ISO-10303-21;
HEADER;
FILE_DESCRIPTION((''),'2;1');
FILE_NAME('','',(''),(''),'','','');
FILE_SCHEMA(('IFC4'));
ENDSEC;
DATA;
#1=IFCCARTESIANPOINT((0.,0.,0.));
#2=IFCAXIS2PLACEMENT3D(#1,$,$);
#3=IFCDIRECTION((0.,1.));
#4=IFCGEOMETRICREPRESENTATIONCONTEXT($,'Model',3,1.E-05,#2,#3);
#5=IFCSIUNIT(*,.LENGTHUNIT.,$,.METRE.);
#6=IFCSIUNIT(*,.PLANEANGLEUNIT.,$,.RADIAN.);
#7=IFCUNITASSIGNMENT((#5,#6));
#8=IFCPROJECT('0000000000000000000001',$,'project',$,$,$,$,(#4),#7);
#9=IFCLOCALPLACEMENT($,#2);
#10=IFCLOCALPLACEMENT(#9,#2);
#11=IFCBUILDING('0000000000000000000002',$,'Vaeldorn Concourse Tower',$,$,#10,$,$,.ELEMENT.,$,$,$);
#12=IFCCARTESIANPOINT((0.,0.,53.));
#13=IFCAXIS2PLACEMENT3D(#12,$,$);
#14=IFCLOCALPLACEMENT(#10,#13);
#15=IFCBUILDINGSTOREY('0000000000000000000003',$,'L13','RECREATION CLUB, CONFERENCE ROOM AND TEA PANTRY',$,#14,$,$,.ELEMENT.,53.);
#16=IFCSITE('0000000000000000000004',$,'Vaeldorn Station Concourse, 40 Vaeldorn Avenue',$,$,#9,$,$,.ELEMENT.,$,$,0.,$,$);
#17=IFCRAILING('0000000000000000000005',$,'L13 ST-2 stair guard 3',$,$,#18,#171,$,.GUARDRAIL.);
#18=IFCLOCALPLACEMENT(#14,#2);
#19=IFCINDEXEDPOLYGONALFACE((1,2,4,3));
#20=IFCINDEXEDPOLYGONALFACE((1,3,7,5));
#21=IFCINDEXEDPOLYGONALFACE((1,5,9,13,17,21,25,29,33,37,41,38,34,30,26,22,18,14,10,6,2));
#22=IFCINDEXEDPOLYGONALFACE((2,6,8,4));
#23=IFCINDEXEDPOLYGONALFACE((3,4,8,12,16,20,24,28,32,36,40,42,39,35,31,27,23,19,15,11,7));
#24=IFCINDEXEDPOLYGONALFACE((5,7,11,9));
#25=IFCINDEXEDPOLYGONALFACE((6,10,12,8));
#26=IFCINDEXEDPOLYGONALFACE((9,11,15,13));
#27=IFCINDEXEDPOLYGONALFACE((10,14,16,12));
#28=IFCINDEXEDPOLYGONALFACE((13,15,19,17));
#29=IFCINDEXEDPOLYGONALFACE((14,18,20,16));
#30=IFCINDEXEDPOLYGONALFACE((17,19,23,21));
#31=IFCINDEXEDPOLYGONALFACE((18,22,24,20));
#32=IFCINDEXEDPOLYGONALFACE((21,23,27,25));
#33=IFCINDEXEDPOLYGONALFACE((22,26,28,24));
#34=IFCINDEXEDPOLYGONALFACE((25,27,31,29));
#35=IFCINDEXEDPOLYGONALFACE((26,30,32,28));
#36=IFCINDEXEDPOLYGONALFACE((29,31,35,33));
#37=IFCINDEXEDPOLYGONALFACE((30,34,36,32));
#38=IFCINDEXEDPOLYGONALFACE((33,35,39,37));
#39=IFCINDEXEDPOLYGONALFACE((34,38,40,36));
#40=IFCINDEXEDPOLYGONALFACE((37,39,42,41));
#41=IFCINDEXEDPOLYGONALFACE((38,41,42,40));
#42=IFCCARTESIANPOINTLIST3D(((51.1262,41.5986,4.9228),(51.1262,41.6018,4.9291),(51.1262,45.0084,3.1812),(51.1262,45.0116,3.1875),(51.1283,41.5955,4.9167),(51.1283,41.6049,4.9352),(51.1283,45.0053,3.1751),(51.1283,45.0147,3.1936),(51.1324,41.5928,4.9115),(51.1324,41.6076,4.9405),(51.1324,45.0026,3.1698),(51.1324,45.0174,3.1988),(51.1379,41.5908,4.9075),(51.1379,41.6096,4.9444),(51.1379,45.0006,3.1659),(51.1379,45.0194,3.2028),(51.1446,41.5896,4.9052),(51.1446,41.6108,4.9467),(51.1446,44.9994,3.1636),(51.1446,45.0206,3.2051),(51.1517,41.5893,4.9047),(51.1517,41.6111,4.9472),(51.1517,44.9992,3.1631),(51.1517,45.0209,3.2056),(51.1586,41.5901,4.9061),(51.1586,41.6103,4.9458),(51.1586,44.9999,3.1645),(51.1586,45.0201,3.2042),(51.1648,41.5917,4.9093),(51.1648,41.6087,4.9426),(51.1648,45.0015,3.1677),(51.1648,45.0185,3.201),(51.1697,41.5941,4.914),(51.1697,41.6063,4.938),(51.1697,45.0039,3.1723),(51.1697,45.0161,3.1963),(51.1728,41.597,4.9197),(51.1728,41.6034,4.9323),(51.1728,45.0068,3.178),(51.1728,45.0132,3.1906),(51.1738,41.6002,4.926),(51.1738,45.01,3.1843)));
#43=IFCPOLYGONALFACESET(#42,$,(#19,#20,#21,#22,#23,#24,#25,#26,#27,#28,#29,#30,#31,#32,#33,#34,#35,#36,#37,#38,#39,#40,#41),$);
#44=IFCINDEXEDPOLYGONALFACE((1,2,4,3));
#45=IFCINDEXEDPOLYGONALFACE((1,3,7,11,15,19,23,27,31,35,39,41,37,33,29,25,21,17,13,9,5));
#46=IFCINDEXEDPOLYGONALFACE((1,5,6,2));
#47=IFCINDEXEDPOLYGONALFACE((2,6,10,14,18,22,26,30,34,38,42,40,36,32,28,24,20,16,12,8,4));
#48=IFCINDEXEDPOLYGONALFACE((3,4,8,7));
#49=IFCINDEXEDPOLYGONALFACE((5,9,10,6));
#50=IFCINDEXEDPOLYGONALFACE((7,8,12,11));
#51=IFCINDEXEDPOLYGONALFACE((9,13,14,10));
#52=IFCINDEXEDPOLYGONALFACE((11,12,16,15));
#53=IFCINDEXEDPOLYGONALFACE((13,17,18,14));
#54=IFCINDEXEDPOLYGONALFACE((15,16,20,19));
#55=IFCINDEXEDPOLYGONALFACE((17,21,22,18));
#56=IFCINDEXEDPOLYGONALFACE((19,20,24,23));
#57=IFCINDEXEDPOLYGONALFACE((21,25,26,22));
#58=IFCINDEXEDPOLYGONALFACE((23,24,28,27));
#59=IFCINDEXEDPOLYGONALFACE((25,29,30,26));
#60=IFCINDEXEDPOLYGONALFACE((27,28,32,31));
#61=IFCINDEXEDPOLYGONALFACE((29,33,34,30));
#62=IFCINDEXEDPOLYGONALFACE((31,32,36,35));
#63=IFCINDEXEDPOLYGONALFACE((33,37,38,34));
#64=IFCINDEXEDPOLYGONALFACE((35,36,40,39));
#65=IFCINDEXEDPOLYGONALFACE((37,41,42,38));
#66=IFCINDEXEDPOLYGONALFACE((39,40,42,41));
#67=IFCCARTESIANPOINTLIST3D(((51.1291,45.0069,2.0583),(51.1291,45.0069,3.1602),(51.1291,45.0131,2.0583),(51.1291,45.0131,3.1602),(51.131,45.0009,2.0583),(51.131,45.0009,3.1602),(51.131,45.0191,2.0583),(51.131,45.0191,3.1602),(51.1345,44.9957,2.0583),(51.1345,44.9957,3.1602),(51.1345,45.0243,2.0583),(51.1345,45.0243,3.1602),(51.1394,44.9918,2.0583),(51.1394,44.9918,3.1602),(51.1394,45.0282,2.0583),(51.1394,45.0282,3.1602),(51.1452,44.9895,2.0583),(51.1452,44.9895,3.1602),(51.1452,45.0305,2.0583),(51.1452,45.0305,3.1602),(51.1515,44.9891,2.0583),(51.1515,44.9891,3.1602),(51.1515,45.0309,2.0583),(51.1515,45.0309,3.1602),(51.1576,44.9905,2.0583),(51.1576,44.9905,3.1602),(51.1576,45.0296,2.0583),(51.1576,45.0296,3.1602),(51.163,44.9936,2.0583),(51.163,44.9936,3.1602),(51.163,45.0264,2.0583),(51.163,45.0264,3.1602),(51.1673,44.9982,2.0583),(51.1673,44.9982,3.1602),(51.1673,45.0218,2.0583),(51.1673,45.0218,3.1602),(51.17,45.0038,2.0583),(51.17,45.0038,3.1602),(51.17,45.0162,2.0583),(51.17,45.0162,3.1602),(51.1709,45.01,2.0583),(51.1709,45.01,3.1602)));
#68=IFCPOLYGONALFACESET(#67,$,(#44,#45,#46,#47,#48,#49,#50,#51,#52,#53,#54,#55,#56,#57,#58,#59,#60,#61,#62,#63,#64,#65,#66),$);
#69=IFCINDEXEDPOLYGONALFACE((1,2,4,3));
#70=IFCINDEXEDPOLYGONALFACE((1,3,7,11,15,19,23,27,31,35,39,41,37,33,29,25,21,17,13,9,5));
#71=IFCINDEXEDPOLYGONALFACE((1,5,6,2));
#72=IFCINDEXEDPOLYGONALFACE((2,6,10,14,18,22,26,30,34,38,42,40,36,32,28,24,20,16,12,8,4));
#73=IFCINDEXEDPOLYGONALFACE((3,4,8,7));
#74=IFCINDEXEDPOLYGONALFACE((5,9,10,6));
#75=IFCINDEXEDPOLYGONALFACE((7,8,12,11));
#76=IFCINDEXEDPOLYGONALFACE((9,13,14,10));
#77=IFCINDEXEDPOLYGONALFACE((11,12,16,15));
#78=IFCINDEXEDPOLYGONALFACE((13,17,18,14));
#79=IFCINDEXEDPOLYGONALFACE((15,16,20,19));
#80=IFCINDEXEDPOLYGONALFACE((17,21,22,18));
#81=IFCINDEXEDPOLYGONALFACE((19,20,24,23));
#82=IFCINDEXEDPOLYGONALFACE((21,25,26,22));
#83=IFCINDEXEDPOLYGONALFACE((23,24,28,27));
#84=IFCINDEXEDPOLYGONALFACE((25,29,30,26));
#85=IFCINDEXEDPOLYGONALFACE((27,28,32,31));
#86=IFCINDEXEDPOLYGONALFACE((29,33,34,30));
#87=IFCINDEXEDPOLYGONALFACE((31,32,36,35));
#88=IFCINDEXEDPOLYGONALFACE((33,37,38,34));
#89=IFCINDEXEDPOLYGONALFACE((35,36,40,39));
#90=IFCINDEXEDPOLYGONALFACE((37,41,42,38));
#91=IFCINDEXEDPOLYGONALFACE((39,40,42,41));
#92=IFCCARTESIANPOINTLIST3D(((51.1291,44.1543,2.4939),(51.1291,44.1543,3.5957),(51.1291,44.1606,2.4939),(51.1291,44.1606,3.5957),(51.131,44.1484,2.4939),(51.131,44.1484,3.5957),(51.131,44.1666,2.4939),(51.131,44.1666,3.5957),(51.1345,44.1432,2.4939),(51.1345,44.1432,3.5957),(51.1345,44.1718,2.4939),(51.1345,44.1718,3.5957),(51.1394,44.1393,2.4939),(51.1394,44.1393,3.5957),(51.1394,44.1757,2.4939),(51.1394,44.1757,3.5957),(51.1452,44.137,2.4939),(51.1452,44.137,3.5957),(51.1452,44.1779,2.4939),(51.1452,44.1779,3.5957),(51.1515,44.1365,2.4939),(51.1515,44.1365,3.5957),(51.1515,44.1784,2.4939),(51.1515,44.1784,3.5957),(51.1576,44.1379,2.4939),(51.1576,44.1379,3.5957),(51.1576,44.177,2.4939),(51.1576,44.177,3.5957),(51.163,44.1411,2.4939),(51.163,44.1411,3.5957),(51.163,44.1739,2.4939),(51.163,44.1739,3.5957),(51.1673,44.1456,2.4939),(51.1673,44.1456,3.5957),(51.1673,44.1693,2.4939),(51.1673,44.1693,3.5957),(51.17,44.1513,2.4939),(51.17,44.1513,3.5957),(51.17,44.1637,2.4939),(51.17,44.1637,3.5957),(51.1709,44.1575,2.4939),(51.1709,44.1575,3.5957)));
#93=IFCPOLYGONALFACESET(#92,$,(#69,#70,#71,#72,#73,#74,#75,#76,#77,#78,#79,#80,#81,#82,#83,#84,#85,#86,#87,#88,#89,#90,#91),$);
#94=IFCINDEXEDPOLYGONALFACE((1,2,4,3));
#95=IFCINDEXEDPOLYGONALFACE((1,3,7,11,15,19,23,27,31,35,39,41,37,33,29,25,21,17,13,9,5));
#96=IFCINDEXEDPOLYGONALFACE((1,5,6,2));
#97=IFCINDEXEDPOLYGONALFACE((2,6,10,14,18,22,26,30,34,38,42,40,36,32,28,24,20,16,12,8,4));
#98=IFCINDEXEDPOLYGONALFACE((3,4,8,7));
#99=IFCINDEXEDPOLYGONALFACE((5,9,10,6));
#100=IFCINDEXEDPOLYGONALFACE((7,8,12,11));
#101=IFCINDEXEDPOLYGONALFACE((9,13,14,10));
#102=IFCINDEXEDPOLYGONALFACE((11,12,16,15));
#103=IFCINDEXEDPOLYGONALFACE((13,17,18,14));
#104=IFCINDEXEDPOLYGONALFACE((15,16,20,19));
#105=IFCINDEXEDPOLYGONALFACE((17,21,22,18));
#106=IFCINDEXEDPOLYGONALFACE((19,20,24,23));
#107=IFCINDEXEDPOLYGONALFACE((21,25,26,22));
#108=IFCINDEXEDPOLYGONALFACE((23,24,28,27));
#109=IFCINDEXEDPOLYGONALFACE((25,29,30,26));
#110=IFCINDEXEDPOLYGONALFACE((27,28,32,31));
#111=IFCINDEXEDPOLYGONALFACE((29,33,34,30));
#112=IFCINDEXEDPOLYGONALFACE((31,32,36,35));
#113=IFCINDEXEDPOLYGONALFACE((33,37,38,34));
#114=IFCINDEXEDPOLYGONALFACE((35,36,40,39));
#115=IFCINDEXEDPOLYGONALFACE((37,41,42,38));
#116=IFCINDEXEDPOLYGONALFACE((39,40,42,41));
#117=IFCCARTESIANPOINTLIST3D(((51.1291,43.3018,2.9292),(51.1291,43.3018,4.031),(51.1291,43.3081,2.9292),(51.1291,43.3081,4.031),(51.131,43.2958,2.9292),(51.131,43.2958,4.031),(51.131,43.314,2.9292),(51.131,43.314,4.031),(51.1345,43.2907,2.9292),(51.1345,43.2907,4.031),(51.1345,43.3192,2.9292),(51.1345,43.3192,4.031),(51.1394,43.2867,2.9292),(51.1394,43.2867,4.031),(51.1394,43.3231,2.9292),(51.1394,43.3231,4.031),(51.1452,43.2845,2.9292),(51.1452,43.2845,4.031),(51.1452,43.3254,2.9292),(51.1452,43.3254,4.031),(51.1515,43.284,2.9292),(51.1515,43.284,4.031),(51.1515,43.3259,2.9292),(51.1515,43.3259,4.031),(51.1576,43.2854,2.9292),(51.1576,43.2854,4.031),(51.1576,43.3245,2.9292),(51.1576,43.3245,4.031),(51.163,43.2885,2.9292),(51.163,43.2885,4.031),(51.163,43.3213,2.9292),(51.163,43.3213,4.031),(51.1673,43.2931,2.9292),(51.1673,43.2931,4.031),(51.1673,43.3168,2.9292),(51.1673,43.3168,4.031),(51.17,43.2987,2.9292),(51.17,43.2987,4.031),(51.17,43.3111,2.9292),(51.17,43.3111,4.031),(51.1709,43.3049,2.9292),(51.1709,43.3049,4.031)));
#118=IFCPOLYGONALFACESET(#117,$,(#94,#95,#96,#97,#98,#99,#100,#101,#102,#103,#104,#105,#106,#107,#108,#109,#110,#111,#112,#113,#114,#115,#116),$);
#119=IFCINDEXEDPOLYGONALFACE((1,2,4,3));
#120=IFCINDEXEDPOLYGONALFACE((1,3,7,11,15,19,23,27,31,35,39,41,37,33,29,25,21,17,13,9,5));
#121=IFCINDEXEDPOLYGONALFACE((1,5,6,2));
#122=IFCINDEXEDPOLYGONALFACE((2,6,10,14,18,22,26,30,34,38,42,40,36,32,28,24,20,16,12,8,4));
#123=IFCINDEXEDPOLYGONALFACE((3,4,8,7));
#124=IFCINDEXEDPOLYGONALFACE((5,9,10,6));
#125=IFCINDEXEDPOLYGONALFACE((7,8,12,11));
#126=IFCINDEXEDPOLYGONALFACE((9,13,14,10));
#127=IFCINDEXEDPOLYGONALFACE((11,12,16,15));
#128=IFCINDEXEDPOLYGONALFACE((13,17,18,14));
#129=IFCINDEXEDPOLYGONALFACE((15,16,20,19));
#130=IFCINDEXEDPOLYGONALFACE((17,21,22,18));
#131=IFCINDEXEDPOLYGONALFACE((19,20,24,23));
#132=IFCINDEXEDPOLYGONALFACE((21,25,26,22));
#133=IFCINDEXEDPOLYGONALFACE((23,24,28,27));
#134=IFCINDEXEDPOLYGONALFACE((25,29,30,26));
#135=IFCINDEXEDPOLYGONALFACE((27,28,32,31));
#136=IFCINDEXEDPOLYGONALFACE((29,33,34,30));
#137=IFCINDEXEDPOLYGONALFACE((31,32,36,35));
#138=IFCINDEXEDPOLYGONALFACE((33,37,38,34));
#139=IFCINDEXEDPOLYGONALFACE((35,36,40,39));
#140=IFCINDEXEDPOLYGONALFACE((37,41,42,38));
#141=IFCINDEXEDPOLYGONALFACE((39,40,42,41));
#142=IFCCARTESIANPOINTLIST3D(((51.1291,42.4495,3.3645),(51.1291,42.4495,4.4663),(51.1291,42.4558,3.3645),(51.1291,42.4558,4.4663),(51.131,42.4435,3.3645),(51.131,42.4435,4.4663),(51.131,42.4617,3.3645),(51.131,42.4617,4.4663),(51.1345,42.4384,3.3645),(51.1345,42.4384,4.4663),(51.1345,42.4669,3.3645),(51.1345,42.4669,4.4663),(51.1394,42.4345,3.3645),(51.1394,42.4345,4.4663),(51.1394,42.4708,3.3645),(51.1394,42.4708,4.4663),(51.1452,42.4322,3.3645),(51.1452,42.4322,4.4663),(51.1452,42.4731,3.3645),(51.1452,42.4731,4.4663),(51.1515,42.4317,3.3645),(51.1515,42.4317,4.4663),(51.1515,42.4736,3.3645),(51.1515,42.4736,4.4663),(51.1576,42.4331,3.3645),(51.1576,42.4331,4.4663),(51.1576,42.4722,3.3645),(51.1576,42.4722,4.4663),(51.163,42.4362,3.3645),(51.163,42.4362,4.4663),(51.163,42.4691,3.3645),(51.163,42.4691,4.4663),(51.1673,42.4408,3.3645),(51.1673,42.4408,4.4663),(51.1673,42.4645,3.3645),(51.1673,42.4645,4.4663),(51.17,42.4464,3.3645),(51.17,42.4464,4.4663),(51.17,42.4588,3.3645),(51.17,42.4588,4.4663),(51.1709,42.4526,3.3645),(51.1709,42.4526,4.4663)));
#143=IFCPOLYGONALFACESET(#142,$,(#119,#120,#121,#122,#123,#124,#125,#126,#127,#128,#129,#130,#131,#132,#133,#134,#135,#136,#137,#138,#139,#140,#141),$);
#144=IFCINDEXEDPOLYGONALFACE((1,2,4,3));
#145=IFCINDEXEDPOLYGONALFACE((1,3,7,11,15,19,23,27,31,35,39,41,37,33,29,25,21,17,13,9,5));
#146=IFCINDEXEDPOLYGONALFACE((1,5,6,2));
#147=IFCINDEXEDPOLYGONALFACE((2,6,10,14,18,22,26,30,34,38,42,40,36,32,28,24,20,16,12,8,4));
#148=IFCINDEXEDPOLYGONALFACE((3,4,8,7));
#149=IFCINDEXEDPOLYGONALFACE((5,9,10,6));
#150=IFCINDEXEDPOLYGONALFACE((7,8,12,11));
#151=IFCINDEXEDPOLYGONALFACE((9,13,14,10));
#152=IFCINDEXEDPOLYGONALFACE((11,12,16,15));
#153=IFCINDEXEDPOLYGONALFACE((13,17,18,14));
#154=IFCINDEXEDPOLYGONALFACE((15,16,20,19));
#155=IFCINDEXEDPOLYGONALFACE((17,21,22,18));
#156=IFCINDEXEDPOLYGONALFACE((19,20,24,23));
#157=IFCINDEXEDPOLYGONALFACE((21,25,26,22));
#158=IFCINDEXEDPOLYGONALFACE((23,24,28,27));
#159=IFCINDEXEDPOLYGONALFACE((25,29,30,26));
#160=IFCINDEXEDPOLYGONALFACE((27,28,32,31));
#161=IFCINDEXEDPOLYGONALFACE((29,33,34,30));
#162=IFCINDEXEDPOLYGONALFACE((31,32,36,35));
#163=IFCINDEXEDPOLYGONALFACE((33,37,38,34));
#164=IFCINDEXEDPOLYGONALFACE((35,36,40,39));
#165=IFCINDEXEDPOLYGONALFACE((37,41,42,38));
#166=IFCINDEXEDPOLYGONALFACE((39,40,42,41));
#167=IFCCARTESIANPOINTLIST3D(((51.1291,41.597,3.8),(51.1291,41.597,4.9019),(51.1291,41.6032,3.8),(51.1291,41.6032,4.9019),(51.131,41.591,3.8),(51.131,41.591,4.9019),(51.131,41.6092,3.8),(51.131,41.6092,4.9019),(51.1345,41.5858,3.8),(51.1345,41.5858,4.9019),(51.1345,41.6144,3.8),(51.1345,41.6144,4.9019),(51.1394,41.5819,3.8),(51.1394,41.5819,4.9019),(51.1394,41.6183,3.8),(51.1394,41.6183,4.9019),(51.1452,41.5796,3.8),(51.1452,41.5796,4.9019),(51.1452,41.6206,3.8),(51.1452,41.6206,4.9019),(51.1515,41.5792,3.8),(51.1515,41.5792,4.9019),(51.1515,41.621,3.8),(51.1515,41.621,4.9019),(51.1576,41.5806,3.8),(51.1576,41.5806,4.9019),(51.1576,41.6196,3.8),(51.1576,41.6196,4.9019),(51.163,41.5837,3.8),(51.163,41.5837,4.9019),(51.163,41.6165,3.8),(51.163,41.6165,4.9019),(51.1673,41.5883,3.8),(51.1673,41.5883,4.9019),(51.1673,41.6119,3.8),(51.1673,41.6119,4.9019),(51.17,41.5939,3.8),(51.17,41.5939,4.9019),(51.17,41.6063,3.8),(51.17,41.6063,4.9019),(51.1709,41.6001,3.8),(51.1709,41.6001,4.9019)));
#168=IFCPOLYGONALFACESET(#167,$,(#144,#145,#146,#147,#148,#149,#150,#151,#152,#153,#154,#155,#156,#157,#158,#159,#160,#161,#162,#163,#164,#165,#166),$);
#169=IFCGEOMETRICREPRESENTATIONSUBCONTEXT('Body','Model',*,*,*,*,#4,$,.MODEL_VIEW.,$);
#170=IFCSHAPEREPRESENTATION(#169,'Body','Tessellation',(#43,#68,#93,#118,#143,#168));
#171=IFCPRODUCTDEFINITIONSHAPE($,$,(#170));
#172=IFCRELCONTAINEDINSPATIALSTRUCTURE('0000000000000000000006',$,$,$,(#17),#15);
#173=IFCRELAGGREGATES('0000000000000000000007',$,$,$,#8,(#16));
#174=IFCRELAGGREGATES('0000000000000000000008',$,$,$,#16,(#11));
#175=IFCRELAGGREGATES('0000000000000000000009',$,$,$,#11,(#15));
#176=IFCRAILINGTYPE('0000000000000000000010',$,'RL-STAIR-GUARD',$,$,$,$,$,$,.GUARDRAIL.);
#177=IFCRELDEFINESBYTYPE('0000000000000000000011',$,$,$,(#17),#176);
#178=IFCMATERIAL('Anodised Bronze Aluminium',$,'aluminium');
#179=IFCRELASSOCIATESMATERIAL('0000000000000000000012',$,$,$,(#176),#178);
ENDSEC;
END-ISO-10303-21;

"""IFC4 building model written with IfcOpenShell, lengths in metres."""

from ifc_helpers import new_model, si_unit, direction, frame, origin, origin_2d, place, context, subcontext, project, spatial, circle, extrude, material, type_object, element, save


model = new_model("IFC4")

# Units and contexts
model_context = context("Model", 3, precision=1e-05, world=origin(), true_north=direction((0.0, 1.0)))
body_context = subcontext(model_context, "Body", "Model", "MODEL_VIEW")
ifc_project = project(units=[si_unit("LENGTHUNIT", "METRE"), si_unit("PLANEANGLEUNIT", "RADIAN")], contexts=[model_context])

# Site, building, storey
site_placement = place(None, origin())
site = spatial("IfcSite", under=ifc_project, at=site_placement, Name="Vaeldorn Station Concourse, 40 Vaeldorn Avenue", CompositionType="ELEMENT", RefElevation=0.0)
building_placement = place(site_placement, origin())
building = spatial("IfcBuilding", under=site, at=building_placement, Name="Vaeldorn Concourse Tower", CompositionType="ELEMENT")
storey_placement = place(building_placement, frame((0.0, 0.0, 53.0)))
storey = spatial("IfcBuildingStorey", under=building, at=storey_placement, Name="L13", Description="RECREATION CLUB, CONFERENCE ROOM AND TEA PANTRY", CompositionType="ELEMENT", Elevation=53.0)

# Shared definitions
ifc_material_1 = material(Name="Anodised Bronze Aluminium", Category="aluminium")

# Railing
railing_type_1 = type_object("IfcRailingType", Name="RL-STAIR-GUARD", PredefinedType="GUARDRAIL", material=ifc_material_1)
railing_1_placement = place(storey_placement, frame((51.1499, 45.01, 2.0583)))
element("IfcRailing", 1, at=railing_1_placement, inside=storey, type_object=railing_type_1, Name="L13 ST-2 stair guard 3", PredefinedType="GUARDRAIL", context=body_context, shape_type="SweptSolid", body=[
    extrude(circle(Radius=0.0239, at=origin_2d()), frame((0.0, 0.0, 1.126), z_axis=(0.0, -0.890556, 0.454874), x_axis=(1.0, 0.0, 0.0)), (0.0, 0.0, 1.0), 3.8289),
    extrude(circle(Radius=0.021, at=origin_2d()), origin(), (0.0, 0.0, 1.0), 1.1018),
    extrude(circle(Radius=0.021, at=origin_2d()), frame((0.0, -0.8525, 0.4355)), (0.0, 0.0, 1.0), 1.1018),
    extrude(circle(Radius=0.021, at=origin_2d()), frame((0.0, -1.7051, 0.8708)), (0.0, 0.0, 1.0), 1.1018),
    extrude(circle(Radius=0.021, at=origin_2d()), frame((0.0, -2.5574, 1.3062)), (0.0, 0.0, 1.0), 1.1018),
    extrude(circle(Radius=0.021, at=origin_2d()), frame((0.0, -3.4099, 1.7417)), (0.0, 0.0, 1.0), 1.1018),
])

save(model, "model.ifc")
